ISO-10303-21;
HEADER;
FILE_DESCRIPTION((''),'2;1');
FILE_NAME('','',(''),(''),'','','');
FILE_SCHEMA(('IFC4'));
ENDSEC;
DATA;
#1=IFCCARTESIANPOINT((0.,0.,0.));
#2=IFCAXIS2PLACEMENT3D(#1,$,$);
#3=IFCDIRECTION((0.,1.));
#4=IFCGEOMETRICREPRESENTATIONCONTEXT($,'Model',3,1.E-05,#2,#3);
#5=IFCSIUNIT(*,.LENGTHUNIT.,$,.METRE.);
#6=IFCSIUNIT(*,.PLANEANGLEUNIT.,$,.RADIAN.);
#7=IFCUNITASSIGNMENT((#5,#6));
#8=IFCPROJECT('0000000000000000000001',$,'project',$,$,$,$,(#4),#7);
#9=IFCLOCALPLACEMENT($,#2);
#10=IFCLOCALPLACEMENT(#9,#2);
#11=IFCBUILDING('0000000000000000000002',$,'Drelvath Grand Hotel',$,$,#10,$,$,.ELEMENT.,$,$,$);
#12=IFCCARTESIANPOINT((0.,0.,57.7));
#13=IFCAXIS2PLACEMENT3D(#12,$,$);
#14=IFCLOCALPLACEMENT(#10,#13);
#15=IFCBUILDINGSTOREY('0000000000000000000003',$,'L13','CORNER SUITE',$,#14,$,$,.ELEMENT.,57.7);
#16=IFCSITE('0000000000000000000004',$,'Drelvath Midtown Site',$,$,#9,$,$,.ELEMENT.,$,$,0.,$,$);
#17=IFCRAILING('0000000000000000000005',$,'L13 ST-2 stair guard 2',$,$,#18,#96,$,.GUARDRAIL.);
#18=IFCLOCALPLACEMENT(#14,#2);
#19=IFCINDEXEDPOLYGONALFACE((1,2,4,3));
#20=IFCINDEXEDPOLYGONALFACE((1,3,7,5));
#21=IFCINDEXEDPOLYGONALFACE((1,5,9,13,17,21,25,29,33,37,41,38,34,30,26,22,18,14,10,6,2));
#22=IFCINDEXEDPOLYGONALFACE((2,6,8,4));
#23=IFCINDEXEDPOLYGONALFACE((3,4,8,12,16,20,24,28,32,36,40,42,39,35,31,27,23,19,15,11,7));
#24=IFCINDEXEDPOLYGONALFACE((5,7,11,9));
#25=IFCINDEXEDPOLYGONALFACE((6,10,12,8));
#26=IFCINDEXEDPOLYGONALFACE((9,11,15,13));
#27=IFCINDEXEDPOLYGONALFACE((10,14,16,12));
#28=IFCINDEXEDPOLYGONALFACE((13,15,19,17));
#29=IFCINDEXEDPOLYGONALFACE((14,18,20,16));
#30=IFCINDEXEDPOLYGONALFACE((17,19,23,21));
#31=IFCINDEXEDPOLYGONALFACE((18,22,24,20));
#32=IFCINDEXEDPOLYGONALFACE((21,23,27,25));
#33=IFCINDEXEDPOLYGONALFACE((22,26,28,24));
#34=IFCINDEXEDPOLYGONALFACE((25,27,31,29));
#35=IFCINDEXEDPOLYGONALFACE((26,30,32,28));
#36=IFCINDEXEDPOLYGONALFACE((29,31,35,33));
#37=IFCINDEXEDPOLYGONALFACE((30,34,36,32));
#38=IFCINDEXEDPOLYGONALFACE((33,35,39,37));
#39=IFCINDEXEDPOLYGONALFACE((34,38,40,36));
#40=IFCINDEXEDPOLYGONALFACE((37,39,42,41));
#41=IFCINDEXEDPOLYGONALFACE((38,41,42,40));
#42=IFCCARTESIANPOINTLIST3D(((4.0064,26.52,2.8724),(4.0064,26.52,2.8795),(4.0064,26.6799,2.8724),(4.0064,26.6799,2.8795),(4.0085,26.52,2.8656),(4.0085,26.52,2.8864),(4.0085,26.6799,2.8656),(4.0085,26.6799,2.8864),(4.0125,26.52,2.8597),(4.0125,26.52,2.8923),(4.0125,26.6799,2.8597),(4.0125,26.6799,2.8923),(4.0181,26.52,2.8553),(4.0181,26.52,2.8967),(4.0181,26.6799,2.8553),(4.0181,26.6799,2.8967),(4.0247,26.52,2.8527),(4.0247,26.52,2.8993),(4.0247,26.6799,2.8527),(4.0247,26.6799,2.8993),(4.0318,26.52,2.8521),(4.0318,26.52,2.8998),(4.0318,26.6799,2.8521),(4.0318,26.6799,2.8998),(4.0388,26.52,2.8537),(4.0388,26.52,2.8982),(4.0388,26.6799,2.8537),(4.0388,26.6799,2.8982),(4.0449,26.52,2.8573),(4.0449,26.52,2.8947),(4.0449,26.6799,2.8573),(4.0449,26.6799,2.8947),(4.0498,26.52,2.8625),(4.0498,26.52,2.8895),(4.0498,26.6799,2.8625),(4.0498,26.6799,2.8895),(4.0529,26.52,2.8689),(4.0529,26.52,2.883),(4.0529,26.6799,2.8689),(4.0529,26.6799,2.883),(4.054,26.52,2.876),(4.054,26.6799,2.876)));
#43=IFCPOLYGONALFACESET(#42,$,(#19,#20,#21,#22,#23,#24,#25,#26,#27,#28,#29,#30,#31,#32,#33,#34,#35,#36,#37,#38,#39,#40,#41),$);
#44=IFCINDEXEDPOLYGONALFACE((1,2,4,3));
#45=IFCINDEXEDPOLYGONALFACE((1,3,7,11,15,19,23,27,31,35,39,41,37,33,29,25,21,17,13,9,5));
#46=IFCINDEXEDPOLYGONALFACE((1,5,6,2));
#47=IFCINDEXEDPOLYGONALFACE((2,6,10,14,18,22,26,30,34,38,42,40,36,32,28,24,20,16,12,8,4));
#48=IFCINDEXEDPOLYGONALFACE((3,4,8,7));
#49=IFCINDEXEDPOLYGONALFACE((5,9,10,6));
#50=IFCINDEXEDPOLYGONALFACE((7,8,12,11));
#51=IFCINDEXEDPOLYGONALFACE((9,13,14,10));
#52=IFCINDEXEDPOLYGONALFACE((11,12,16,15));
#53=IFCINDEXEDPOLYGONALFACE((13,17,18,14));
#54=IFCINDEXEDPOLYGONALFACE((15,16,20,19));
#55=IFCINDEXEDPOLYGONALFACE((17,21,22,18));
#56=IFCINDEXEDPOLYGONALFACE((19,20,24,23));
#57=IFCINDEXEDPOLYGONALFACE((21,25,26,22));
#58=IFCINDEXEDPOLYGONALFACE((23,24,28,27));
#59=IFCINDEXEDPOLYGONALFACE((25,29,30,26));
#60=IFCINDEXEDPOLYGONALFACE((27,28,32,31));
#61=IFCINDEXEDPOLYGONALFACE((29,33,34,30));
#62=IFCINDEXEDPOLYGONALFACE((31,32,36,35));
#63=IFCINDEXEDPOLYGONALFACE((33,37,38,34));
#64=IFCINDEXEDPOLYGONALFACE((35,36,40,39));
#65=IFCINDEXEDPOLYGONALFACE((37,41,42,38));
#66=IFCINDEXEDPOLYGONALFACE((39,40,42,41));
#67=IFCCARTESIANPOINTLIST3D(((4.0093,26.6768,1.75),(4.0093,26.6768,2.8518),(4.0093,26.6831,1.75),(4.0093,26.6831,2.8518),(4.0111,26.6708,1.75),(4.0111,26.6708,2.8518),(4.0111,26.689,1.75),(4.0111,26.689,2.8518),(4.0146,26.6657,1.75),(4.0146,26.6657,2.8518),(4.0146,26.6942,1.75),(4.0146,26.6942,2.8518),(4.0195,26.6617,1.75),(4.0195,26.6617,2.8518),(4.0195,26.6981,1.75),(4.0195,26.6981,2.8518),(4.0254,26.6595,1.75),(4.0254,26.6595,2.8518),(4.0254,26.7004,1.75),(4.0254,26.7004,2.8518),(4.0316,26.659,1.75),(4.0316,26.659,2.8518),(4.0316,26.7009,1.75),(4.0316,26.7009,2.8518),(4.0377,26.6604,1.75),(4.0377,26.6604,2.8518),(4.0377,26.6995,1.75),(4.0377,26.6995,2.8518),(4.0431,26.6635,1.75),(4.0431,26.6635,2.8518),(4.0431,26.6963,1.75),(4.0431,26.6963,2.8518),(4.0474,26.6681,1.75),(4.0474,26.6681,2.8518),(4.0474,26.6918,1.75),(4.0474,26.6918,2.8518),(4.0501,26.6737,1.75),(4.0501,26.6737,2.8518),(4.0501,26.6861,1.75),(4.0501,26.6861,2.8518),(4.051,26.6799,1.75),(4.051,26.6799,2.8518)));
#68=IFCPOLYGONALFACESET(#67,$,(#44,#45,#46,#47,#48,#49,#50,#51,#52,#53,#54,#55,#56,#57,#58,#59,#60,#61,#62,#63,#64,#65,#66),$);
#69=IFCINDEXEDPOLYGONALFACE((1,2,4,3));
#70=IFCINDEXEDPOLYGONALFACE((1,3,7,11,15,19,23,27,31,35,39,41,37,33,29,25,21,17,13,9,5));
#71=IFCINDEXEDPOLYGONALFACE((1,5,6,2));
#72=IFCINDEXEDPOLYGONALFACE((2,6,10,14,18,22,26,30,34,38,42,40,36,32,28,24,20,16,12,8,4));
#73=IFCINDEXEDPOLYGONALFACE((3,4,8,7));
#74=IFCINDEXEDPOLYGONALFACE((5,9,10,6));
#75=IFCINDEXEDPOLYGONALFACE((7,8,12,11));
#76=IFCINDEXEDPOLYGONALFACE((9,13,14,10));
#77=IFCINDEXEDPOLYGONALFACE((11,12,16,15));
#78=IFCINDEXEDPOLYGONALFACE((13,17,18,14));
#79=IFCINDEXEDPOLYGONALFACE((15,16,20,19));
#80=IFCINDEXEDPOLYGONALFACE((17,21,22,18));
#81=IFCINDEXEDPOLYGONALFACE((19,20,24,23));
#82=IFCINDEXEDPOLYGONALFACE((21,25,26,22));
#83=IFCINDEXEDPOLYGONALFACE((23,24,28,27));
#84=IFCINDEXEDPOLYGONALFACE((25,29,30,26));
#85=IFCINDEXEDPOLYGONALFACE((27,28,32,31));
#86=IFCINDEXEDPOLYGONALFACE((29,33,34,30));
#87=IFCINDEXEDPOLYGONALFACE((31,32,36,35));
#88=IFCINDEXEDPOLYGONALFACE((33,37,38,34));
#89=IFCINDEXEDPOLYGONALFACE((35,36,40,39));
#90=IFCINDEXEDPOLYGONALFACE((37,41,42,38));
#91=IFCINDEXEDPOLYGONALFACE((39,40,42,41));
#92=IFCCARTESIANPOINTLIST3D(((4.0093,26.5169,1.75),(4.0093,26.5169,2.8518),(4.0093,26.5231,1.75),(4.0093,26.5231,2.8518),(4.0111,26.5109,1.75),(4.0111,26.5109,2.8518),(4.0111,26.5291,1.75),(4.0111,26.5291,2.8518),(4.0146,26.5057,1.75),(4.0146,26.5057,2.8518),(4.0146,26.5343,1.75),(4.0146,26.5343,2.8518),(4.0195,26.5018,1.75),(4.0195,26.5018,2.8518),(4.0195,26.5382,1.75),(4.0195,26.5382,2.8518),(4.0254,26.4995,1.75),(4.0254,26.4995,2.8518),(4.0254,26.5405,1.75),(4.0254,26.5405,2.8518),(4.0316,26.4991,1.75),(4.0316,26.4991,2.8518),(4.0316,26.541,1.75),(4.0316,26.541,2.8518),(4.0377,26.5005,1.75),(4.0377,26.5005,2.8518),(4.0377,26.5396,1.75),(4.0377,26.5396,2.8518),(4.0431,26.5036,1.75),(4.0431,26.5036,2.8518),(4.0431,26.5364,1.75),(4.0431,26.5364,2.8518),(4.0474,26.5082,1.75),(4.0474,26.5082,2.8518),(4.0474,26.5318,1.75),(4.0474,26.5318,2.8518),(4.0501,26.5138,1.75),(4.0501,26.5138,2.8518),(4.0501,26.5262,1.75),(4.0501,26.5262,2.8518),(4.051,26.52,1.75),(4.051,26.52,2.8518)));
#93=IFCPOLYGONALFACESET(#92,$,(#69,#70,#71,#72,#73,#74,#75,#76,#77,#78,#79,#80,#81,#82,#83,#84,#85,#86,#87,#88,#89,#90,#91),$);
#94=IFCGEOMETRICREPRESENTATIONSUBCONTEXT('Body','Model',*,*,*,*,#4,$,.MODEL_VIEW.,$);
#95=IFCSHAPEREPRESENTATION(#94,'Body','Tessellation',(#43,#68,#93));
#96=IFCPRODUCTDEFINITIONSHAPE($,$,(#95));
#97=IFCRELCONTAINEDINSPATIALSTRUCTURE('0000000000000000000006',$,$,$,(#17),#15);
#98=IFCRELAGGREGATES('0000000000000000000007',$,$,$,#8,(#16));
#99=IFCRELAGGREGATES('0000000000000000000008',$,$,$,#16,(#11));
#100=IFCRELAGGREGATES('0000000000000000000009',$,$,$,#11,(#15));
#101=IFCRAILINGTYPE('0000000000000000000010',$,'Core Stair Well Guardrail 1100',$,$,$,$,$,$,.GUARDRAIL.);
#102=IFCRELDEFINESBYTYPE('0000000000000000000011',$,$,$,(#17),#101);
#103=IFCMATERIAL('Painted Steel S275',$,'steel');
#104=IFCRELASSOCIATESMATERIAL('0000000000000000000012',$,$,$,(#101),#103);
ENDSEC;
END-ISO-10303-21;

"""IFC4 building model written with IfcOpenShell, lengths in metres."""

from ifc_helpers import new_model, si_unit, direction, frame, origin, origin_2d, place, context, subcontext, project, spatial, circle, extrude, material, type_object, element, save


model = new_model("IFC4")

# Units and contexts
model_context = context("Model", 3, precision=1e-05, world=origin(), true_north=direction((0.0, 1.0)))
body_context = subcontext(model_context, "Body", "Model", "MODEL_VIEW")
ifc_project = project(units=[si_unit("LENGTHUNIT", "METRE"), si_unit("PLANEANGLEUNIT", "RADIAN")], contexts=[model_context])

# Site, building, storey
site_placement = place(None, origin())
site = spatial("IfcSite", under=ifc_project, at=site_placement, Name="Drelvath Midtown Site", CompositionType="ELEMENT", RefElevation=0.0)
building_placement = place(site_placement, origin())
building = spatial("IfcBuilding", under=site, at=building_placement, Name="Drelvath Grand Hotel", CompositionType="ELEMENT")
storey_placement = place(building_placement, frame((0.0, 0.0, 57.7)))
storey = spatial("IfcBuildingStorey", under=building, at=storey_placement, Name="L13", Description="CORNER SUITE", CompositionType="ELEMENT", Elevation=57.7)

# Shared definitions
ifc_material_1 = material(Name="Painted Steel S275", Category="steel")

# Railing
railing_type_1 = type_object("IfcRailingType", Name="Core Stair Well Guardrail 1100", PredefinedType="GUARDRAIL", material=ifc_material_1)
railing_1_placement = place(storey_placement, frame((4.03, 26.6799, 1.75)))
element("IfcRailing", 1, at=railing_1_placement, inside=storey, type_object=railing_type_1, Name="L13 ST-2 stair guard 2", PredefinedType="GUARDRAIL", context=body_context, shape_type="SweptSolid", body=[
    extrude(circle(Radius=0.0239, at=origin_2d()), frame((0.0, 0.0, 1.126), z_axis=(0.0, -1.0, 0.0), x_axis=(1.0, 0.0, 0.0)), (0.0, 0.0, 1.0), 0.1599),
    extrude(circle(Radius=0.021, at=origin_2d()), origin(), (0.0, 0.0, 1.0), 1.1018),
    extrude(circle(Radius=0.021, at=origin_2d()), frame((0.0, -0.1599, 0.0)), (0.0, 0.0, 1.0), 1.1018),
])

save(model, "model.ifc")
